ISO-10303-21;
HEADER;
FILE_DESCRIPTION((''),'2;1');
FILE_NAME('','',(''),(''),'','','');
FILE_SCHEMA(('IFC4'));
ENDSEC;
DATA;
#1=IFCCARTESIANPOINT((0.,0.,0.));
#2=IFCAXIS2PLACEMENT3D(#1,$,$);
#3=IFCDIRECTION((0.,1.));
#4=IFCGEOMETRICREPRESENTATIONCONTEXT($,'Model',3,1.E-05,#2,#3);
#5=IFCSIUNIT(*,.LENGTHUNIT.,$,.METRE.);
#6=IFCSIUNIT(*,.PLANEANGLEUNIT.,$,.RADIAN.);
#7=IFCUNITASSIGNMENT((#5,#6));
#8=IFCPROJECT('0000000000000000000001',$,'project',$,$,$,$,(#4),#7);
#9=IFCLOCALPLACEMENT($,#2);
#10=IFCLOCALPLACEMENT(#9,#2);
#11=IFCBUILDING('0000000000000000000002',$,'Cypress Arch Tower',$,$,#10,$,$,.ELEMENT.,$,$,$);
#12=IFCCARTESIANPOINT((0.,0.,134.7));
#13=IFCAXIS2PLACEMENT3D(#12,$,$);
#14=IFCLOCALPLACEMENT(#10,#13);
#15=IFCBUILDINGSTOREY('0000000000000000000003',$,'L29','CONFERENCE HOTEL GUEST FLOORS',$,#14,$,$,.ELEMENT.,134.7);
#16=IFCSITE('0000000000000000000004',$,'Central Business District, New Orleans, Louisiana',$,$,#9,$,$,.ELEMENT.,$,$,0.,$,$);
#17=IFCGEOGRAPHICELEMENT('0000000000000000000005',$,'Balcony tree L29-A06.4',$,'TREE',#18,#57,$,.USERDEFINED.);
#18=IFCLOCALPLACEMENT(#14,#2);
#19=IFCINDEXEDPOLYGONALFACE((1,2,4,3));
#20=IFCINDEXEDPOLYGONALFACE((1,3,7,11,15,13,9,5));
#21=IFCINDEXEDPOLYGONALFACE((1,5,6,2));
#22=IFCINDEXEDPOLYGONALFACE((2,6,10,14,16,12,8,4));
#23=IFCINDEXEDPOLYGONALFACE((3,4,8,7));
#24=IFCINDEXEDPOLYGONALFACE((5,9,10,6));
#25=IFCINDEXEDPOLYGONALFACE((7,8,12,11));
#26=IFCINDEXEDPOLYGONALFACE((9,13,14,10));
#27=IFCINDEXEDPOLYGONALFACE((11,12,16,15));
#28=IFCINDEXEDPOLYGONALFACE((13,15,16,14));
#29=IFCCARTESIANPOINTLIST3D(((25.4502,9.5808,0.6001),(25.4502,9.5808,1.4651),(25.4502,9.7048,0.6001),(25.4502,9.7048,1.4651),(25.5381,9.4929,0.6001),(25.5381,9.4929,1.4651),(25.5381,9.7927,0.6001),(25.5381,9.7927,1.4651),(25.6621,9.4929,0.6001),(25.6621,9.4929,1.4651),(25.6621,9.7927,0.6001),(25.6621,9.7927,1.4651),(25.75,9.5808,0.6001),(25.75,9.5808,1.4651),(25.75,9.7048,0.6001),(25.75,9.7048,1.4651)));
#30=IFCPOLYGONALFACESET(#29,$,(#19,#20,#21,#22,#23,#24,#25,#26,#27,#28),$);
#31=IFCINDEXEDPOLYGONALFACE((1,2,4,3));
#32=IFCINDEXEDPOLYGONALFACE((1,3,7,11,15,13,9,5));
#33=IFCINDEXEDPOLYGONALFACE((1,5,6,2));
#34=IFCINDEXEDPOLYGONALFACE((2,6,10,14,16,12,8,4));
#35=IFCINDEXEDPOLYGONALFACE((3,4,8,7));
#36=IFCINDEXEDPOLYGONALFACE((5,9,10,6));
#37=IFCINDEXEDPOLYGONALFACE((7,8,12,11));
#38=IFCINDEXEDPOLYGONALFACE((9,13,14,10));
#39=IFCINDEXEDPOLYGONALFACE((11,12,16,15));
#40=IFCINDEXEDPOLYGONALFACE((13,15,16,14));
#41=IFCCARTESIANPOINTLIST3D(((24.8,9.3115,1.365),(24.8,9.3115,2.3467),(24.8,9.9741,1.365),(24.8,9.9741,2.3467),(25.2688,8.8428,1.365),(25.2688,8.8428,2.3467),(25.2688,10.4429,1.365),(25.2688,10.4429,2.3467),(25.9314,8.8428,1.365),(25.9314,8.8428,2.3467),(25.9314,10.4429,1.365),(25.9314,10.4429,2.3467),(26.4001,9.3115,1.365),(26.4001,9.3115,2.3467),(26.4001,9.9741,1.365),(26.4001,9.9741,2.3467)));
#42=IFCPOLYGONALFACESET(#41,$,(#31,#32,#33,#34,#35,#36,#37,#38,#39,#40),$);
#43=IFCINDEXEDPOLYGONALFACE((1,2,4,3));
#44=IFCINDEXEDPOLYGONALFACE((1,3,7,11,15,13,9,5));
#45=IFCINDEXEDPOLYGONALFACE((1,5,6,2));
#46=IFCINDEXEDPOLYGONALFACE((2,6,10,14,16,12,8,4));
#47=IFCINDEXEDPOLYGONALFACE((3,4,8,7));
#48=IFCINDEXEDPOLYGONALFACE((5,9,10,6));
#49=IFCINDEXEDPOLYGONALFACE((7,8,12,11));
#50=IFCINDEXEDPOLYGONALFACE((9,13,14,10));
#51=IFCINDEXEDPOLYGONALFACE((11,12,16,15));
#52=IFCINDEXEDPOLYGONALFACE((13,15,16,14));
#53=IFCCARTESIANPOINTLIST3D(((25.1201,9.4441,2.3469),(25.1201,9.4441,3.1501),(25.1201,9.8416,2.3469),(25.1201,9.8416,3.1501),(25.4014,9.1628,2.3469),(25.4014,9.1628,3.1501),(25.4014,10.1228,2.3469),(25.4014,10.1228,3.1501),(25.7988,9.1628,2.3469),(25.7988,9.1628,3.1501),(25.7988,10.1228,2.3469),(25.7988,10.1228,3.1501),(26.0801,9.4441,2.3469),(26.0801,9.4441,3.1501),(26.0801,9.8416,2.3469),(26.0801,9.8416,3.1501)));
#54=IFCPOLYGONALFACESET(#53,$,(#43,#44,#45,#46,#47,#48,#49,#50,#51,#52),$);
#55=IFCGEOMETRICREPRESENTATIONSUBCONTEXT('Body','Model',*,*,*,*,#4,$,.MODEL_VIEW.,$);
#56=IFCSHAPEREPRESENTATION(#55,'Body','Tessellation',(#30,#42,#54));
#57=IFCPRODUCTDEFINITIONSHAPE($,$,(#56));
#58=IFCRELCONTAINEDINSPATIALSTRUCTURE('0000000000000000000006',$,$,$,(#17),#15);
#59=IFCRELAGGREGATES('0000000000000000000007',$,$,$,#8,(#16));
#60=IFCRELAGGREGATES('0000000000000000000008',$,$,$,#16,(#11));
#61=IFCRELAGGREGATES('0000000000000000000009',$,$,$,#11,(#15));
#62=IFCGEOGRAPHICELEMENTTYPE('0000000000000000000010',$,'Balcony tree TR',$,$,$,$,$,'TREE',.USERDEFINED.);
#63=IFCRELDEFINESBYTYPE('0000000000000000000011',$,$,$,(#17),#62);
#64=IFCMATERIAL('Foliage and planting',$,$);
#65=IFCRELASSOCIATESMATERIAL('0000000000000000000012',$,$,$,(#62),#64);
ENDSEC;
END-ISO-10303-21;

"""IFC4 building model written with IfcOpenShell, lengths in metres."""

from ifc_helpers import new_model, si_unit, direction, frame, origin, place, context, subcontext, project, spatial, polyline, outline, extrude, material, type_object, element, save


model = new_model("IFC4")

# Units and contexts
model_context = context("Model", 3, precision=1e-05, world=origin(), true_north=direction((0.0, 1.0)))
body_context = subcontext(model_context, "Body", "Model", "MODEL_VIEW")
ifc_project = project(units=[si_unit("LENGTHUNIT", "METRE"), si_unit("PLANEANGLEUNIT", "RADIAN")], contexts=[model_context])

# Site, building, storey
site_placement = place(None, origin())
site = spatial("IfcSite", under=ifc_project, at=site_placement, Name="Central Business District, New Orleans, Louisiana", CompositionType="ELEMENT", RefElevation=0.0)
building_placement = place(site_placement, origin())
building = spatial("IfcBuilding", under=site, at=building_placement, Name="Cypress Arch Tower", CompositionType="ELEMENT")
storey_placement = place(building_placement, frame((0.0, 0.0, 134.7)))
storey = spatial("IfcBuildingStorey", under=building, at=storey_placement, Name="L29", Description="CONFERENCE HOTEL GUEST FLOORS", CompositionType="ELEMENT", Elevation=134.7)

# Geographic element
ifc_material_1 = material(Name="Foliage and planting")
geographic_element_type = type_object("IfcGeographicElementType", Name="Balcony tree TR", ElementType="TREE", PredefinedType="USERDEFINED", material=ifc_material_1)
for number, where, z_axis, x_axis, name in (
    (1, (25.6001, 9.6428, 0.6001), (0.0, 0.0, 1.0), (1.0, 0.0, 0.0), "Balcony tree L29-A06.4"),
):
    element("IfcGeographicElement", number, at=place(storey_placement, frame(where, z_axis=z_axis, x_axis=x_axis)), inside=storey, type_object=geographic_element_type, Name=name, ObjectType="TREE", PredefinedType="USERDEFINED", context=body_context, shape_type="SweptSolid", body=[
        extrude(outline(polyline([(0.1499, 0.062), (0.062, 0.1499), (-0.062, 0.1499), (-0.1499, 0.062), (-0.1499, -0.062), (-0.062, -0.1499), (0.062, -0.1499), (0.1499, -0.062), (0.1499, 0.062)])), origin(), (0.0, 0.0, 1.0), 0.865),
        extrude(outline(polyline([(0.8, 0.3313), (0.3313, 0.8), (-0.3313, 0.8), (-0.8, 0.3313), (-0.8, -0.3313), (-0.3313, -0.8), (0.3313, -0.8), (0.8, -0.3313), (0.8, 0.3313)])), frame((0.0, 0.0, 0.7649)), (0.0, 0.0, 1.0), 0.9817),
        extrude(outline(polyline([(0.48, 0.1987), (0.1987, 0.48), (-0.1987, 0.48), (-0.48, 0.1987), (-0.48, -0.1987), (-0.1987, -0.48), (0.1987, -0.48), (0.48, -0.1987), (0.48, 0.1987)])), frame((0.0, 0.0, 1.7468)), (0.0, 0.0, 1.0), 0.8032),
    ])

save(model, "model.ifc")
